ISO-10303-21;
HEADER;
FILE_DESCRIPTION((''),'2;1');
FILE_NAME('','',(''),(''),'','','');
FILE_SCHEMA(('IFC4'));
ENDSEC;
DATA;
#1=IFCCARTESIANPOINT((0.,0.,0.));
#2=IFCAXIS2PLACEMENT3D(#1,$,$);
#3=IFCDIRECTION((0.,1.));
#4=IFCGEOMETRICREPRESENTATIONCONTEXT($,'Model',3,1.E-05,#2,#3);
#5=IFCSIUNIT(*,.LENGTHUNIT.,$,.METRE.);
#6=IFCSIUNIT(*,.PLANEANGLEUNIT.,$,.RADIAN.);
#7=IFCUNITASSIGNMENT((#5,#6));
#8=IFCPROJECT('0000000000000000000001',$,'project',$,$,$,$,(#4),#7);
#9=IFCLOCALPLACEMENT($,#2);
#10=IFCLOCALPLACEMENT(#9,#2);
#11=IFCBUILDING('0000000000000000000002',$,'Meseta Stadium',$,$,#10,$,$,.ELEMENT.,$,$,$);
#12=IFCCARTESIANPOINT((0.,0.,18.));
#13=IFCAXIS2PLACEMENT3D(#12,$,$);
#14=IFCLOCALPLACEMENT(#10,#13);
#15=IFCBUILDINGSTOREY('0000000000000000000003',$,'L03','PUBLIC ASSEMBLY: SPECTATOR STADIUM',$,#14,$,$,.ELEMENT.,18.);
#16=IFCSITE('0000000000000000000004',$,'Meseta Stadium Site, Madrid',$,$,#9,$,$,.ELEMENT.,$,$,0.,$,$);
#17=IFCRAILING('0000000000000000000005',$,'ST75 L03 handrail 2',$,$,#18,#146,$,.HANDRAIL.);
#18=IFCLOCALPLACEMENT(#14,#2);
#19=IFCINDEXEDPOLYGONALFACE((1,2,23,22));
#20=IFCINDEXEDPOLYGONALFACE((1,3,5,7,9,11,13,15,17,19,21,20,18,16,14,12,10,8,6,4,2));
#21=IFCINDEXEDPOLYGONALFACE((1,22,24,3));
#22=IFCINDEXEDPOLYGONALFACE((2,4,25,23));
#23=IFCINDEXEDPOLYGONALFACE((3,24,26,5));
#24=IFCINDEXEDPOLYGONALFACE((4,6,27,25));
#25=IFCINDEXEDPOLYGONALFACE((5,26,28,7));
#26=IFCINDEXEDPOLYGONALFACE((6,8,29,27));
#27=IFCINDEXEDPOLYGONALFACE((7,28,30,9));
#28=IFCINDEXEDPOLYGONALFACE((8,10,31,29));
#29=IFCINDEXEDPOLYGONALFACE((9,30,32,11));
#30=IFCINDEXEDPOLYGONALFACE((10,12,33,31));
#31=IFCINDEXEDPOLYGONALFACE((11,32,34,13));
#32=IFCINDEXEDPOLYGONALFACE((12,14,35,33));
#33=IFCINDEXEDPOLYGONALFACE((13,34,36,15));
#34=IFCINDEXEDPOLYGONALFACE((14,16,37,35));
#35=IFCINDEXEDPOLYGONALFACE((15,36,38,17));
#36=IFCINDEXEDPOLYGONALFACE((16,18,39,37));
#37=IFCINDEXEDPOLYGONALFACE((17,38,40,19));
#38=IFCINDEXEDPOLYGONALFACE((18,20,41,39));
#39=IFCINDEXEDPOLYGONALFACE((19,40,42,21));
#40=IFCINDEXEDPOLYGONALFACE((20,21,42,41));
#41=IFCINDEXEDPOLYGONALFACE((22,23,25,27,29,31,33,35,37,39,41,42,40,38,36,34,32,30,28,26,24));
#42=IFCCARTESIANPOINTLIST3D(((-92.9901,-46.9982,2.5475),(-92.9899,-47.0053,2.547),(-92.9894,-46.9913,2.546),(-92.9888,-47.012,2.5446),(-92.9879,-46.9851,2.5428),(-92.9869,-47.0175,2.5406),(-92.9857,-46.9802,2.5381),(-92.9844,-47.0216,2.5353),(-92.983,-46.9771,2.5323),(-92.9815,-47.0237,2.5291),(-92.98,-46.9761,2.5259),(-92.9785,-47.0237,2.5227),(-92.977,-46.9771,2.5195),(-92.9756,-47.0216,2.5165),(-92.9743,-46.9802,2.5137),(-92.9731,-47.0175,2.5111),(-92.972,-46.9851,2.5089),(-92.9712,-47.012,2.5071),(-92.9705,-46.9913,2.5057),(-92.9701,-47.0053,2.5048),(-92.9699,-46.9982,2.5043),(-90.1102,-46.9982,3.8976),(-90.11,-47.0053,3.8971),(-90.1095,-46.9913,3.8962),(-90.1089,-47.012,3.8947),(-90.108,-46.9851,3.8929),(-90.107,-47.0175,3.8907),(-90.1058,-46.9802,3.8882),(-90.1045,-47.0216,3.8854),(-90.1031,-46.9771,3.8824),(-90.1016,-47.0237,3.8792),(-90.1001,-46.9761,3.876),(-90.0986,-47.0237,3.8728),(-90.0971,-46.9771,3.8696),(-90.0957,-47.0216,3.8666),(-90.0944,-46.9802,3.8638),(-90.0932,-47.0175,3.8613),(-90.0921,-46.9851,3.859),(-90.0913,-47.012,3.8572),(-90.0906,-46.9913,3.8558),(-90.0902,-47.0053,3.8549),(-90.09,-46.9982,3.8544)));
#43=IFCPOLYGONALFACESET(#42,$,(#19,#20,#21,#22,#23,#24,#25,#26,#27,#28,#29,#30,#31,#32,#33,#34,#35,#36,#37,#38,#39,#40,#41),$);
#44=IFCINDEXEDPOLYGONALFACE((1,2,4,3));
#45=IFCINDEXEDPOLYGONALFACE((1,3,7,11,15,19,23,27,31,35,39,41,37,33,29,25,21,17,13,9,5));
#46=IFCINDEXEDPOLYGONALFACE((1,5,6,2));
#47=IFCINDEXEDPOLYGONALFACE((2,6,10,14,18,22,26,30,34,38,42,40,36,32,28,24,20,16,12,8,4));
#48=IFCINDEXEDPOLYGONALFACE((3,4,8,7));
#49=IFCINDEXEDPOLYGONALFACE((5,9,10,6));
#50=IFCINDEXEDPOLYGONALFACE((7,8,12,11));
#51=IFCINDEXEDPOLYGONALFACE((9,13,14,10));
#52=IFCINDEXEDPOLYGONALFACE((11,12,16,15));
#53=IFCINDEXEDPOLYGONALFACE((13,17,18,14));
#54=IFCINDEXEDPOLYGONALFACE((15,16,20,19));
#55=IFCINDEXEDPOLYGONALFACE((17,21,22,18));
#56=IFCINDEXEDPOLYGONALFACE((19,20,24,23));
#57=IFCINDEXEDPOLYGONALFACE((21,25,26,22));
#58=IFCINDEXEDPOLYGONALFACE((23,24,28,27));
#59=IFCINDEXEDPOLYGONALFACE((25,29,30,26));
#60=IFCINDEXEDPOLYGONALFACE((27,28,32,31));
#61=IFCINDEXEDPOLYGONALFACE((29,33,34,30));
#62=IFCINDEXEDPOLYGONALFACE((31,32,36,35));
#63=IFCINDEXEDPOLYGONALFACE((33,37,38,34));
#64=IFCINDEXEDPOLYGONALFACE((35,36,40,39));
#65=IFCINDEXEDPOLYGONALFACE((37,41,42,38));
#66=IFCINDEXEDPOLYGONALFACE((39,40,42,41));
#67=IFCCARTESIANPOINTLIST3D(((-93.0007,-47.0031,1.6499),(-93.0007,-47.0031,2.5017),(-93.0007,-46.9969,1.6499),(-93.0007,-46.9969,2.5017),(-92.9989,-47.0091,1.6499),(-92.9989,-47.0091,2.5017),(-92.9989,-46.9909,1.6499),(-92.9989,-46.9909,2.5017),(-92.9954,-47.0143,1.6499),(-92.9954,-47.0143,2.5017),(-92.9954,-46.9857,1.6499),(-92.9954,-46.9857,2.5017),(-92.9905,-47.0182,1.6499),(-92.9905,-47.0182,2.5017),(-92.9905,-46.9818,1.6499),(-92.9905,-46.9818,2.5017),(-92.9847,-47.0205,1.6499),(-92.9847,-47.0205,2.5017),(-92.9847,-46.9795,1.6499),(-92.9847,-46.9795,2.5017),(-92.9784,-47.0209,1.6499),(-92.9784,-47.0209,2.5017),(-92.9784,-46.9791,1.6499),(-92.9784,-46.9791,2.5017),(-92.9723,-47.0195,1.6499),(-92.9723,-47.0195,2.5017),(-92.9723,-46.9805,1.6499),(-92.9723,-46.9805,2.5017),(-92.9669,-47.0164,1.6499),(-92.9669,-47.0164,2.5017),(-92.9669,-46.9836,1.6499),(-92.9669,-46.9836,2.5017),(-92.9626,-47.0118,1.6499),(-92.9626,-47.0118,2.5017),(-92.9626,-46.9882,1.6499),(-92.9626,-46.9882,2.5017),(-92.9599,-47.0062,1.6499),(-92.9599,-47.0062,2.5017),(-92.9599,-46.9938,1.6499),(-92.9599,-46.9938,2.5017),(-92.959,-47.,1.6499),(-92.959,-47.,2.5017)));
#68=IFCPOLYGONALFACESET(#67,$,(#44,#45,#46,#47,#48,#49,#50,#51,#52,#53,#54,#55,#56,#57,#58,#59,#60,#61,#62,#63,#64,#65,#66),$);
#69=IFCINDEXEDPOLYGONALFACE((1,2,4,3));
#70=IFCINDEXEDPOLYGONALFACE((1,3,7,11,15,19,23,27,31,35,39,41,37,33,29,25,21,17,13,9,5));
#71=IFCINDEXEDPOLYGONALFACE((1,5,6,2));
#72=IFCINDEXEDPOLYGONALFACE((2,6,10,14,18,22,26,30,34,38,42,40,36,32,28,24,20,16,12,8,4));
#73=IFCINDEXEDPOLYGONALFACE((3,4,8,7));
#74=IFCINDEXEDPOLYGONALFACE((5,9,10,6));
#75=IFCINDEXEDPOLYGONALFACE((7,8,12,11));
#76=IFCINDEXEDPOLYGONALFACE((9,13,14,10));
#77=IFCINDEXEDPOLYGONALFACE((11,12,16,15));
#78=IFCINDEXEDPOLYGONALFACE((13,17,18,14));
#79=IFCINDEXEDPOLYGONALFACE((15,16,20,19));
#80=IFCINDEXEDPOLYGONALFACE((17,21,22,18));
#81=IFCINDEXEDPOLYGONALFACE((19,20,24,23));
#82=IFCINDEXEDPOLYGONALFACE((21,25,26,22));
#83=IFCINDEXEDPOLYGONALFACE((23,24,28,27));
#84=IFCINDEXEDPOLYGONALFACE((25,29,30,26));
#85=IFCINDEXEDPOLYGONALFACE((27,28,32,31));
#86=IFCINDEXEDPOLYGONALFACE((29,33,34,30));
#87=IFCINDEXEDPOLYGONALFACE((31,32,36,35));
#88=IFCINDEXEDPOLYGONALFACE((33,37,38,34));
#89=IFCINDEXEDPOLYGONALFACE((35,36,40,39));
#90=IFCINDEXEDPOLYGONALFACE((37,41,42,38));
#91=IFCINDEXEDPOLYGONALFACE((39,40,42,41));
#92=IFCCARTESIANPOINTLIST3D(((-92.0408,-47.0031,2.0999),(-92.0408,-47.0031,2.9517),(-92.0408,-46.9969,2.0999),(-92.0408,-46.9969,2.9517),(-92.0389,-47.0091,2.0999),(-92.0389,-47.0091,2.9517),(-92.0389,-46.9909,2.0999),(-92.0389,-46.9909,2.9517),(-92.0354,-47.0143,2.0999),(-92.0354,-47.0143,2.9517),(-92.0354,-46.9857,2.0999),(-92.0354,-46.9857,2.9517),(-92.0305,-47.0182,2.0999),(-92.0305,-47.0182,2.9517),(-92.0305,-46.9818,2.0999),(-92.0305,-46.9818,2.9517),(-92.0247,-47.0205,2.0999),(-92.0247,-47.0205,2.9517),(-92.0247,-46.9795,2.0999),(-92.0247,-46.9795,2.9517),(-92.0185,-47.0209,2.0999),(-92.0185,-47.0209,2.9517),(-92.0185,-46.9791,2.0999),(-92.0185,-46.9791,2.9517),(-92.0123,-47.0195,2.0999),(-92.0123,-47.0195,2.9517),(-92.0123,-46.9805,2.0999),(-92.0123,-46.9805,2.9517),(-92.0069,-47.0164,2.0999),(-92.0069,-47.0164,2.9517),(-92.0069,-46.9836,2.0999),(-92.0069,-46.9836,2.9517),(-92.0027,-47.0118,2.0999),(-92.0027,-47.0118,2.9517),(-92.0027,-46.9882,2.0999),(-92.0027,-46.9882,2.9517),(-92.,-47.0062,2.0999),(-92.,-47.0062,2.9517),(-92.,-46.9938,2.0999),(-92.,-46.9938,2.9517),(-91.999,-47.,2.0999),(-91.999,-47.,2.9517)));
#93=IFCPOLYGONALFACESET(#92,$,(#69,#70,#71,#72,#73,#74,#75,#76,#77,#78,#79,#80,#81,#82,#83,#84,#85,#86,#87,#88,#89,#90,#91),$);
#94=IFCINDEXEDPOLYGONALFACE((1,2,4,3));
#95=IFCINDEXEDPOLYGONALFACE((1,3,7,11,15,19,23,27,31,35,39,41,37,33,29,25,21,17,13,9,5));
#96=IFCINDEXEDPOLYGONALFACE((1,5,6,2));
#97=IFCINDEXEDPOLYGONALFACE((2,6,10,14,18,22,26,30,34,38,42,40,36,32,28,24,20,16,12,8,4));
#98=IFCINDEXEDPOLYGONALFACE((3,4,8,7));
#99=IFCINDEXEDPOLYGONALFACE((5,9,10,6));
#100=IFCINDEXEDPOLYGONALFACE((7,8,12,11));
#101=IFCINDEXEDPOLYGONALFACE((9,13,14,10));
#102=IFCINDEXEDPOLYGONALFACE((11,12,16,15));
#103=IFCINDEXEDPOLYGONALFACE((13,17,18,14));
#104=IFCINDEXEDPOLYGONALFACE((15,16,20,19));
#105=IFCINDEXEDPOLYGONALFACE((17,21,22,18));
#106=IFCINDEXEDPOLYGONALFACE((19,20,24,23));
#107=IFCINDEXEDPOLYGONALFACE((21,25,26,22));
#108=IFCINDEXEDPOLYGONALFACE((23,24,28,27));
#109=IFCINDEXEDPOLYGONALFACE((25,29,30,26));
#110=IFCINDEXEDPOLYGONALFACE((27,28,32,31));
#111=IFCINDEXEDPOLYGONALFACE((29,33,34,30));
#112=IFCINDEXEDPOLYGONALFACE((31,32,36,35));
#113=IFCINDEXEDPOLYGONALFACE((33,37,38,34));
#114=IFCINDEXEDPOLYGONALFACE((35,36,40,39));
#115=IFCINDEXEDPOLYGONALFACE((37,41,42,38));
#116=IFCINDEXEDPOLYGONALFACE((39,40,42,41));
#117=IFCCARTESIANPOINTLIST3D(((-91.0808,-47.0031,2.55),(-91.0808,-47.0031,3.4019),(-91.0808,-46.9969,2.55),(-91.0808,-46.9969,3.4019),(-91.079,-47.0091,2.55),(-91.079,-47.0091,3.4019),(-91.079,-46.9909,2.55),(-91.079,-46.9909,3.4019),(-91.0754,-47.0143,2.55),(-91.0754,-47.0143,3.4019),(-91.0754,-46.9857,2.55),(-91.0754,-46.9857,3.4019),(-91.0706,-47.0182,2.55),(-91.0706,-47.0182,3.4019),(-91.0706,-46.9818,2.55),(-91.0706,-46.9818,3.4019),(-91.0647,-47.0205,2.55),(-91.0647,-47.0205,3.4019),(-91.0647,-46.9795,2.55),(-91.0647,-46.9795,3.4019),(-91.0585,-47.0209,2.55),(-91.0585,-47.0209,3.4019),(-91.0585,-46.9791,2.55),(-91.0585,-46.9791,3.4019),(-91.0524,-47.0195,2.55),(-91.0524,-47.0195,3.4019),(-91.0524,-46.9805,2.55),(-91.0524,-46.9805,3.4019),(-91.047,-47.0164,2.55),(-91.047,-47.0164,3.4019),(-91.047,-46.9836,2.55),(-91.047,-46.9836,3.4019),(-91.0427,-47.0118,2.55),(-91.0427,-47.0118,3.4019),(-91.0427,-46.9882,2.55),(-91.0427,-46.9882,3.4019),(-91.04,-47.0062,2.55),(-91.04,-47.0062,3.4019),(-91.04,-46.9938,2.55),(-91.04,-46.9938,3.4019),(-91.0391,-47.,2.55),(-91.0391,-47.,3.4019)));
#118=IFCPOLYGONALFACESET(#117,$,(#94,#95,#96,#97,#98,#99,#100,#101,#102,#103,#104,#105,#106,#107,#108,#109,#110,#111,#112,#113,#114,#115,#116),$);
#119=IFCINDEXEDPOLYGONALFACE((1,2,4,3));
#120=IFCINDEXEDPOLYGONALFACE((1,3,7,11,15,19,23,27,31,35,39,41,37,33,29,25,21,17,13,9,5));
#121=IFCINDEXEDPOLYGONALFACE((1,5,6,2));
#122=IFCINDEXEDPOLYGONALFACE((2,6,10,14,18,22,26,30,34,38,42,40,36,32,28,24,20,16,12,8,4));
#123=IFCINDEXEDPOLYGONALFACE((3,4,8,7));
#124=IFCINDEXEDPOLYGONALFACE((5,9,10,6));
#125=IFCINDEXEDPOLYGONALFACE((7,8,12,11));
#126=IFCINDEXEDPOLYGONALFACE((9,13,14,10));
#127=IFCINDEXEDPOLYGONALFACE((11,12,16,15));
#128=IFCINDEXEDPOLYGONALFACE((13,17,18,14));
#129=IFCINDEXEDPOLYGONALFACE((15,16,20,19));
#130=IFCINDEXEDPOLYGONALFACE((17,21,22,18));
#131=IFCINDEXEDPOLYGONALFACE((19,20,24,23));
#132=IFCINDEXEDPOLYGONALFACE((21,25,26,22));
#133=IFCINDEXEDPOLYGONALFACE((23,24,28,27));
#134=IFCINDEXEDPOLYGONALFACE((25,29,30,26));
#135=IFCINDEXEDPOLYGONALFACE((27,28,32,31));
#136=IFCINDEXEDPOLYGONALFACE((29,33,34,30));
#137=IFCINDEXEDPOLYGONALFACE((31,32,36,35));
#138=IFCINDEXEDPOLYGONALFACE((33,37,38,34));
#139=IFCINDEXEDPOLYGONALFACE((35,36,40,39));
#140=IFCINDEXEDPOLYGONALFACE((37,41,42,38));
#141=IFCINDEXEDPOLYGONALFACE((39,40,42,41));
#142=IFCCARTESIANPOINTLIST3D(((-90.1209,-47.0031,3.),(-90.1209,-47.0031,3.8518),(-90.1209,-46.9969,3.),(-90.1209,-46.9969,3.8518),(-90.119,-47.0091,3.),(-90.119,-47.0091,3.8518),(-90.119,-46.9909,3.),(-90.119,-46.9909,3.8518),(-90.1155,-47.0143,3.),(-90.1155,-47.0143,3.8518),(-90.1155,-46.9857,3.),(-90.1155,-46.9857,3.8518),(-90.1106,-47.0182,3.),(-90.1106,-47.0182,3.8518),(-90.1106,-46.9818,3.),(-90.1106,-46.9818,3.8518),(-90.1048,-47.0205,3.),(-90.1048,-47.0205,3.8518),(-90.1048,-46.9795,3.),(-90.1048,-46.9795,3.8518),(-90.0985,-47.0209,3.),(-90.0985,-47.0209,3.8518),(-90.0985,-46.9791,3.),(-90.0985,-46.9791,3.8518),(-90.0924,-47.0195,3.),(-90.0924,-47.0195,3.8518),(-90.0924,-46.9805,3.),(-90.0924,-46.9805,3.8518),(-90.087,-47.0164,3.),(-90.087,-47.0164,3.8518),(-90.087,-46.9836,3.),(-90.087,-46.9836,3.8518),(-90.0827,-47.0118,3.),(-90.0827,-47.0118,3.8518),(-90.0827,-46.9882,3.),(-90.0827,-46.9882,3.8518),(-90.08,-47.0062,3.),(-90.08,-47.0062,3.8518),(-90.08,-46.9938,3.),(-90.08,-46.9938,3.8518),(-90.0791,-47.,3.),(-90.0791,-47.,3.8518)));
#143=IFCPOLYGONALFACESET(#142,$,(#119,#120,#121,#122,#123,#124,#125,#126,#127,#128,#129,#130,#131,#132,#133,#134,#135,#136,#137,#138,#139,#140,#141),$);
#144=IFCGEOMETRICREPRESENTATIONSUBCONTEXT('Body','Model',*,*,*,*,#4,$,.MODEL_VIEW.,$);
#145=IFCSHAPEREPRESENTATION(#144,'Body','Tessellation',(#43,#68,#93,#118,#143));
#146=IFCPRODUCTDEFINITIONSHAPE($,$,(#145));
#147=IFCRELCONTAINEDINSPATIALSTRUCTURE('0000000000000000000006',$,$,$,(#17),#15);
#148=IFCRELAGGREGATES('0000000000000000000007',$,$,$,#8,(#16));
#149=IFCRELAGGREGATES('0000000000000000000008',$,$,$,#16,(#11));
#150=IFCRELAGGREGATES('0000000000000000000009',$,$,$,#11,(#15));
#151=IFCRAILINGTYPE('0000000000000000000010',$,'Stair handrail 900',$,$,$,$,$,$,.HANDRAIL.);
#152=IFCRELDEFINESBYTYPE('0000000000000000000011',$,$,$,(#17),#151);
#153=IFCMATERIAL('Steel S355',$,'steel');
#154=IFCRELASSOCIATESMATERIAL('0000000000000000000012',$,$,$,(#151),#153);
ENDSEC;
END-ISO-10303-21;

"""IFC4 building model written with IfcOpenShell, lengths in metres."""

from ifc_helpers import new_model, si_unit, direction, frame, origin, origin_2d, place, context, subcontext, project, spatial, circle, extrude, material, type_object, element, save


model = new_model("IFC4")

# Units and contexts
model_context = context("Model", 3, precision=1e-05, world=origin(), true_north=direction((0.0, 1.0)))
body_context = subcontext(model_context, "Body", "Model", "MODEL_VIEW")
ifc_project = project(units=[si_unit("LENGTHUNIT", "METRE"), si_unit("PLANEANGLEUNIT", "RADIAN")], contexts=[model_context])

# Site, building, storey
site_placement = place(None, origin())
site = spatial("IfcSite", under=ifc_project, at=site_placement, Name="Meseta Stadium Site, Madrid", CompositionType="ELEMENT", RefElevation=0.0)
building_placement = place(site_placement, origin())
building = spatial("IfcBuilding", under=site, at=building_placement, Name="Meseta Stadium", CompositionType="ELEMENT")
storey_placement = place(building_placement, frame((0.0, 0.0, 18.0)))
storey = spatial("IfcBuildingStorey", under=building, at=storey_placement, Name="L03", Description="PUBLIC ASSEMBLY: SPECTATOR STADIUM", CompositionType="ELEMENT", Elevation=18.0)

# Railing
ifc_material_1 = material(Name="Steel S355", Category="steel")
railing_type_1 = type_object("IfcRailingType", Name="Stair handrail 900", PredefinedType="HANDRAIL", material=ifc_material_1)
for number, where, name in (
    (1, (-92.98, -47.0, 1.6499), "ST75 L03 handrail 2"),
):
    element("IfcRailing", number, at=place(storey_placement, frame(where)), inside=storey, type_object=railing_type_1, Name=name, PredefinedType="HANDRAIL", context=body_context, shape_type="SweptSolid", body=[
        extrude(circle(Radius=0.0239, at=origin_2d()), frame((0.0, 0.0, 0.876), z_axis=(0.90544, 0.0, 0.424473), x_axis=(0.0, 1.0, 0.0)), (0.0, 0.0, 1.0), 3.1807),
        extrude(circle(Radius=0.021, at=origin_2d()), origin(), (0.0, 0.0, 1.0), 0.8518),
        extrude(circle(Radius=0.021, at=origin_2d()), frame((0.96, 0.0, 0.45)), (0.0, 0.0, 1.0), 0.8518),
        extrude(circle(Radius=0.021, at=origin_2d()), frame((1.9199, 0.0, 0.9001)), (0.0, 0.0, 1.0), 0.8518),
        extrude(circle(Radius=0.021, at=origin_2d()), frame((2.8799, 0.0, 1.3501)), (0.0, 0.0, 1.0), 0.8518),
    ])

save(model, "model.ifc")
